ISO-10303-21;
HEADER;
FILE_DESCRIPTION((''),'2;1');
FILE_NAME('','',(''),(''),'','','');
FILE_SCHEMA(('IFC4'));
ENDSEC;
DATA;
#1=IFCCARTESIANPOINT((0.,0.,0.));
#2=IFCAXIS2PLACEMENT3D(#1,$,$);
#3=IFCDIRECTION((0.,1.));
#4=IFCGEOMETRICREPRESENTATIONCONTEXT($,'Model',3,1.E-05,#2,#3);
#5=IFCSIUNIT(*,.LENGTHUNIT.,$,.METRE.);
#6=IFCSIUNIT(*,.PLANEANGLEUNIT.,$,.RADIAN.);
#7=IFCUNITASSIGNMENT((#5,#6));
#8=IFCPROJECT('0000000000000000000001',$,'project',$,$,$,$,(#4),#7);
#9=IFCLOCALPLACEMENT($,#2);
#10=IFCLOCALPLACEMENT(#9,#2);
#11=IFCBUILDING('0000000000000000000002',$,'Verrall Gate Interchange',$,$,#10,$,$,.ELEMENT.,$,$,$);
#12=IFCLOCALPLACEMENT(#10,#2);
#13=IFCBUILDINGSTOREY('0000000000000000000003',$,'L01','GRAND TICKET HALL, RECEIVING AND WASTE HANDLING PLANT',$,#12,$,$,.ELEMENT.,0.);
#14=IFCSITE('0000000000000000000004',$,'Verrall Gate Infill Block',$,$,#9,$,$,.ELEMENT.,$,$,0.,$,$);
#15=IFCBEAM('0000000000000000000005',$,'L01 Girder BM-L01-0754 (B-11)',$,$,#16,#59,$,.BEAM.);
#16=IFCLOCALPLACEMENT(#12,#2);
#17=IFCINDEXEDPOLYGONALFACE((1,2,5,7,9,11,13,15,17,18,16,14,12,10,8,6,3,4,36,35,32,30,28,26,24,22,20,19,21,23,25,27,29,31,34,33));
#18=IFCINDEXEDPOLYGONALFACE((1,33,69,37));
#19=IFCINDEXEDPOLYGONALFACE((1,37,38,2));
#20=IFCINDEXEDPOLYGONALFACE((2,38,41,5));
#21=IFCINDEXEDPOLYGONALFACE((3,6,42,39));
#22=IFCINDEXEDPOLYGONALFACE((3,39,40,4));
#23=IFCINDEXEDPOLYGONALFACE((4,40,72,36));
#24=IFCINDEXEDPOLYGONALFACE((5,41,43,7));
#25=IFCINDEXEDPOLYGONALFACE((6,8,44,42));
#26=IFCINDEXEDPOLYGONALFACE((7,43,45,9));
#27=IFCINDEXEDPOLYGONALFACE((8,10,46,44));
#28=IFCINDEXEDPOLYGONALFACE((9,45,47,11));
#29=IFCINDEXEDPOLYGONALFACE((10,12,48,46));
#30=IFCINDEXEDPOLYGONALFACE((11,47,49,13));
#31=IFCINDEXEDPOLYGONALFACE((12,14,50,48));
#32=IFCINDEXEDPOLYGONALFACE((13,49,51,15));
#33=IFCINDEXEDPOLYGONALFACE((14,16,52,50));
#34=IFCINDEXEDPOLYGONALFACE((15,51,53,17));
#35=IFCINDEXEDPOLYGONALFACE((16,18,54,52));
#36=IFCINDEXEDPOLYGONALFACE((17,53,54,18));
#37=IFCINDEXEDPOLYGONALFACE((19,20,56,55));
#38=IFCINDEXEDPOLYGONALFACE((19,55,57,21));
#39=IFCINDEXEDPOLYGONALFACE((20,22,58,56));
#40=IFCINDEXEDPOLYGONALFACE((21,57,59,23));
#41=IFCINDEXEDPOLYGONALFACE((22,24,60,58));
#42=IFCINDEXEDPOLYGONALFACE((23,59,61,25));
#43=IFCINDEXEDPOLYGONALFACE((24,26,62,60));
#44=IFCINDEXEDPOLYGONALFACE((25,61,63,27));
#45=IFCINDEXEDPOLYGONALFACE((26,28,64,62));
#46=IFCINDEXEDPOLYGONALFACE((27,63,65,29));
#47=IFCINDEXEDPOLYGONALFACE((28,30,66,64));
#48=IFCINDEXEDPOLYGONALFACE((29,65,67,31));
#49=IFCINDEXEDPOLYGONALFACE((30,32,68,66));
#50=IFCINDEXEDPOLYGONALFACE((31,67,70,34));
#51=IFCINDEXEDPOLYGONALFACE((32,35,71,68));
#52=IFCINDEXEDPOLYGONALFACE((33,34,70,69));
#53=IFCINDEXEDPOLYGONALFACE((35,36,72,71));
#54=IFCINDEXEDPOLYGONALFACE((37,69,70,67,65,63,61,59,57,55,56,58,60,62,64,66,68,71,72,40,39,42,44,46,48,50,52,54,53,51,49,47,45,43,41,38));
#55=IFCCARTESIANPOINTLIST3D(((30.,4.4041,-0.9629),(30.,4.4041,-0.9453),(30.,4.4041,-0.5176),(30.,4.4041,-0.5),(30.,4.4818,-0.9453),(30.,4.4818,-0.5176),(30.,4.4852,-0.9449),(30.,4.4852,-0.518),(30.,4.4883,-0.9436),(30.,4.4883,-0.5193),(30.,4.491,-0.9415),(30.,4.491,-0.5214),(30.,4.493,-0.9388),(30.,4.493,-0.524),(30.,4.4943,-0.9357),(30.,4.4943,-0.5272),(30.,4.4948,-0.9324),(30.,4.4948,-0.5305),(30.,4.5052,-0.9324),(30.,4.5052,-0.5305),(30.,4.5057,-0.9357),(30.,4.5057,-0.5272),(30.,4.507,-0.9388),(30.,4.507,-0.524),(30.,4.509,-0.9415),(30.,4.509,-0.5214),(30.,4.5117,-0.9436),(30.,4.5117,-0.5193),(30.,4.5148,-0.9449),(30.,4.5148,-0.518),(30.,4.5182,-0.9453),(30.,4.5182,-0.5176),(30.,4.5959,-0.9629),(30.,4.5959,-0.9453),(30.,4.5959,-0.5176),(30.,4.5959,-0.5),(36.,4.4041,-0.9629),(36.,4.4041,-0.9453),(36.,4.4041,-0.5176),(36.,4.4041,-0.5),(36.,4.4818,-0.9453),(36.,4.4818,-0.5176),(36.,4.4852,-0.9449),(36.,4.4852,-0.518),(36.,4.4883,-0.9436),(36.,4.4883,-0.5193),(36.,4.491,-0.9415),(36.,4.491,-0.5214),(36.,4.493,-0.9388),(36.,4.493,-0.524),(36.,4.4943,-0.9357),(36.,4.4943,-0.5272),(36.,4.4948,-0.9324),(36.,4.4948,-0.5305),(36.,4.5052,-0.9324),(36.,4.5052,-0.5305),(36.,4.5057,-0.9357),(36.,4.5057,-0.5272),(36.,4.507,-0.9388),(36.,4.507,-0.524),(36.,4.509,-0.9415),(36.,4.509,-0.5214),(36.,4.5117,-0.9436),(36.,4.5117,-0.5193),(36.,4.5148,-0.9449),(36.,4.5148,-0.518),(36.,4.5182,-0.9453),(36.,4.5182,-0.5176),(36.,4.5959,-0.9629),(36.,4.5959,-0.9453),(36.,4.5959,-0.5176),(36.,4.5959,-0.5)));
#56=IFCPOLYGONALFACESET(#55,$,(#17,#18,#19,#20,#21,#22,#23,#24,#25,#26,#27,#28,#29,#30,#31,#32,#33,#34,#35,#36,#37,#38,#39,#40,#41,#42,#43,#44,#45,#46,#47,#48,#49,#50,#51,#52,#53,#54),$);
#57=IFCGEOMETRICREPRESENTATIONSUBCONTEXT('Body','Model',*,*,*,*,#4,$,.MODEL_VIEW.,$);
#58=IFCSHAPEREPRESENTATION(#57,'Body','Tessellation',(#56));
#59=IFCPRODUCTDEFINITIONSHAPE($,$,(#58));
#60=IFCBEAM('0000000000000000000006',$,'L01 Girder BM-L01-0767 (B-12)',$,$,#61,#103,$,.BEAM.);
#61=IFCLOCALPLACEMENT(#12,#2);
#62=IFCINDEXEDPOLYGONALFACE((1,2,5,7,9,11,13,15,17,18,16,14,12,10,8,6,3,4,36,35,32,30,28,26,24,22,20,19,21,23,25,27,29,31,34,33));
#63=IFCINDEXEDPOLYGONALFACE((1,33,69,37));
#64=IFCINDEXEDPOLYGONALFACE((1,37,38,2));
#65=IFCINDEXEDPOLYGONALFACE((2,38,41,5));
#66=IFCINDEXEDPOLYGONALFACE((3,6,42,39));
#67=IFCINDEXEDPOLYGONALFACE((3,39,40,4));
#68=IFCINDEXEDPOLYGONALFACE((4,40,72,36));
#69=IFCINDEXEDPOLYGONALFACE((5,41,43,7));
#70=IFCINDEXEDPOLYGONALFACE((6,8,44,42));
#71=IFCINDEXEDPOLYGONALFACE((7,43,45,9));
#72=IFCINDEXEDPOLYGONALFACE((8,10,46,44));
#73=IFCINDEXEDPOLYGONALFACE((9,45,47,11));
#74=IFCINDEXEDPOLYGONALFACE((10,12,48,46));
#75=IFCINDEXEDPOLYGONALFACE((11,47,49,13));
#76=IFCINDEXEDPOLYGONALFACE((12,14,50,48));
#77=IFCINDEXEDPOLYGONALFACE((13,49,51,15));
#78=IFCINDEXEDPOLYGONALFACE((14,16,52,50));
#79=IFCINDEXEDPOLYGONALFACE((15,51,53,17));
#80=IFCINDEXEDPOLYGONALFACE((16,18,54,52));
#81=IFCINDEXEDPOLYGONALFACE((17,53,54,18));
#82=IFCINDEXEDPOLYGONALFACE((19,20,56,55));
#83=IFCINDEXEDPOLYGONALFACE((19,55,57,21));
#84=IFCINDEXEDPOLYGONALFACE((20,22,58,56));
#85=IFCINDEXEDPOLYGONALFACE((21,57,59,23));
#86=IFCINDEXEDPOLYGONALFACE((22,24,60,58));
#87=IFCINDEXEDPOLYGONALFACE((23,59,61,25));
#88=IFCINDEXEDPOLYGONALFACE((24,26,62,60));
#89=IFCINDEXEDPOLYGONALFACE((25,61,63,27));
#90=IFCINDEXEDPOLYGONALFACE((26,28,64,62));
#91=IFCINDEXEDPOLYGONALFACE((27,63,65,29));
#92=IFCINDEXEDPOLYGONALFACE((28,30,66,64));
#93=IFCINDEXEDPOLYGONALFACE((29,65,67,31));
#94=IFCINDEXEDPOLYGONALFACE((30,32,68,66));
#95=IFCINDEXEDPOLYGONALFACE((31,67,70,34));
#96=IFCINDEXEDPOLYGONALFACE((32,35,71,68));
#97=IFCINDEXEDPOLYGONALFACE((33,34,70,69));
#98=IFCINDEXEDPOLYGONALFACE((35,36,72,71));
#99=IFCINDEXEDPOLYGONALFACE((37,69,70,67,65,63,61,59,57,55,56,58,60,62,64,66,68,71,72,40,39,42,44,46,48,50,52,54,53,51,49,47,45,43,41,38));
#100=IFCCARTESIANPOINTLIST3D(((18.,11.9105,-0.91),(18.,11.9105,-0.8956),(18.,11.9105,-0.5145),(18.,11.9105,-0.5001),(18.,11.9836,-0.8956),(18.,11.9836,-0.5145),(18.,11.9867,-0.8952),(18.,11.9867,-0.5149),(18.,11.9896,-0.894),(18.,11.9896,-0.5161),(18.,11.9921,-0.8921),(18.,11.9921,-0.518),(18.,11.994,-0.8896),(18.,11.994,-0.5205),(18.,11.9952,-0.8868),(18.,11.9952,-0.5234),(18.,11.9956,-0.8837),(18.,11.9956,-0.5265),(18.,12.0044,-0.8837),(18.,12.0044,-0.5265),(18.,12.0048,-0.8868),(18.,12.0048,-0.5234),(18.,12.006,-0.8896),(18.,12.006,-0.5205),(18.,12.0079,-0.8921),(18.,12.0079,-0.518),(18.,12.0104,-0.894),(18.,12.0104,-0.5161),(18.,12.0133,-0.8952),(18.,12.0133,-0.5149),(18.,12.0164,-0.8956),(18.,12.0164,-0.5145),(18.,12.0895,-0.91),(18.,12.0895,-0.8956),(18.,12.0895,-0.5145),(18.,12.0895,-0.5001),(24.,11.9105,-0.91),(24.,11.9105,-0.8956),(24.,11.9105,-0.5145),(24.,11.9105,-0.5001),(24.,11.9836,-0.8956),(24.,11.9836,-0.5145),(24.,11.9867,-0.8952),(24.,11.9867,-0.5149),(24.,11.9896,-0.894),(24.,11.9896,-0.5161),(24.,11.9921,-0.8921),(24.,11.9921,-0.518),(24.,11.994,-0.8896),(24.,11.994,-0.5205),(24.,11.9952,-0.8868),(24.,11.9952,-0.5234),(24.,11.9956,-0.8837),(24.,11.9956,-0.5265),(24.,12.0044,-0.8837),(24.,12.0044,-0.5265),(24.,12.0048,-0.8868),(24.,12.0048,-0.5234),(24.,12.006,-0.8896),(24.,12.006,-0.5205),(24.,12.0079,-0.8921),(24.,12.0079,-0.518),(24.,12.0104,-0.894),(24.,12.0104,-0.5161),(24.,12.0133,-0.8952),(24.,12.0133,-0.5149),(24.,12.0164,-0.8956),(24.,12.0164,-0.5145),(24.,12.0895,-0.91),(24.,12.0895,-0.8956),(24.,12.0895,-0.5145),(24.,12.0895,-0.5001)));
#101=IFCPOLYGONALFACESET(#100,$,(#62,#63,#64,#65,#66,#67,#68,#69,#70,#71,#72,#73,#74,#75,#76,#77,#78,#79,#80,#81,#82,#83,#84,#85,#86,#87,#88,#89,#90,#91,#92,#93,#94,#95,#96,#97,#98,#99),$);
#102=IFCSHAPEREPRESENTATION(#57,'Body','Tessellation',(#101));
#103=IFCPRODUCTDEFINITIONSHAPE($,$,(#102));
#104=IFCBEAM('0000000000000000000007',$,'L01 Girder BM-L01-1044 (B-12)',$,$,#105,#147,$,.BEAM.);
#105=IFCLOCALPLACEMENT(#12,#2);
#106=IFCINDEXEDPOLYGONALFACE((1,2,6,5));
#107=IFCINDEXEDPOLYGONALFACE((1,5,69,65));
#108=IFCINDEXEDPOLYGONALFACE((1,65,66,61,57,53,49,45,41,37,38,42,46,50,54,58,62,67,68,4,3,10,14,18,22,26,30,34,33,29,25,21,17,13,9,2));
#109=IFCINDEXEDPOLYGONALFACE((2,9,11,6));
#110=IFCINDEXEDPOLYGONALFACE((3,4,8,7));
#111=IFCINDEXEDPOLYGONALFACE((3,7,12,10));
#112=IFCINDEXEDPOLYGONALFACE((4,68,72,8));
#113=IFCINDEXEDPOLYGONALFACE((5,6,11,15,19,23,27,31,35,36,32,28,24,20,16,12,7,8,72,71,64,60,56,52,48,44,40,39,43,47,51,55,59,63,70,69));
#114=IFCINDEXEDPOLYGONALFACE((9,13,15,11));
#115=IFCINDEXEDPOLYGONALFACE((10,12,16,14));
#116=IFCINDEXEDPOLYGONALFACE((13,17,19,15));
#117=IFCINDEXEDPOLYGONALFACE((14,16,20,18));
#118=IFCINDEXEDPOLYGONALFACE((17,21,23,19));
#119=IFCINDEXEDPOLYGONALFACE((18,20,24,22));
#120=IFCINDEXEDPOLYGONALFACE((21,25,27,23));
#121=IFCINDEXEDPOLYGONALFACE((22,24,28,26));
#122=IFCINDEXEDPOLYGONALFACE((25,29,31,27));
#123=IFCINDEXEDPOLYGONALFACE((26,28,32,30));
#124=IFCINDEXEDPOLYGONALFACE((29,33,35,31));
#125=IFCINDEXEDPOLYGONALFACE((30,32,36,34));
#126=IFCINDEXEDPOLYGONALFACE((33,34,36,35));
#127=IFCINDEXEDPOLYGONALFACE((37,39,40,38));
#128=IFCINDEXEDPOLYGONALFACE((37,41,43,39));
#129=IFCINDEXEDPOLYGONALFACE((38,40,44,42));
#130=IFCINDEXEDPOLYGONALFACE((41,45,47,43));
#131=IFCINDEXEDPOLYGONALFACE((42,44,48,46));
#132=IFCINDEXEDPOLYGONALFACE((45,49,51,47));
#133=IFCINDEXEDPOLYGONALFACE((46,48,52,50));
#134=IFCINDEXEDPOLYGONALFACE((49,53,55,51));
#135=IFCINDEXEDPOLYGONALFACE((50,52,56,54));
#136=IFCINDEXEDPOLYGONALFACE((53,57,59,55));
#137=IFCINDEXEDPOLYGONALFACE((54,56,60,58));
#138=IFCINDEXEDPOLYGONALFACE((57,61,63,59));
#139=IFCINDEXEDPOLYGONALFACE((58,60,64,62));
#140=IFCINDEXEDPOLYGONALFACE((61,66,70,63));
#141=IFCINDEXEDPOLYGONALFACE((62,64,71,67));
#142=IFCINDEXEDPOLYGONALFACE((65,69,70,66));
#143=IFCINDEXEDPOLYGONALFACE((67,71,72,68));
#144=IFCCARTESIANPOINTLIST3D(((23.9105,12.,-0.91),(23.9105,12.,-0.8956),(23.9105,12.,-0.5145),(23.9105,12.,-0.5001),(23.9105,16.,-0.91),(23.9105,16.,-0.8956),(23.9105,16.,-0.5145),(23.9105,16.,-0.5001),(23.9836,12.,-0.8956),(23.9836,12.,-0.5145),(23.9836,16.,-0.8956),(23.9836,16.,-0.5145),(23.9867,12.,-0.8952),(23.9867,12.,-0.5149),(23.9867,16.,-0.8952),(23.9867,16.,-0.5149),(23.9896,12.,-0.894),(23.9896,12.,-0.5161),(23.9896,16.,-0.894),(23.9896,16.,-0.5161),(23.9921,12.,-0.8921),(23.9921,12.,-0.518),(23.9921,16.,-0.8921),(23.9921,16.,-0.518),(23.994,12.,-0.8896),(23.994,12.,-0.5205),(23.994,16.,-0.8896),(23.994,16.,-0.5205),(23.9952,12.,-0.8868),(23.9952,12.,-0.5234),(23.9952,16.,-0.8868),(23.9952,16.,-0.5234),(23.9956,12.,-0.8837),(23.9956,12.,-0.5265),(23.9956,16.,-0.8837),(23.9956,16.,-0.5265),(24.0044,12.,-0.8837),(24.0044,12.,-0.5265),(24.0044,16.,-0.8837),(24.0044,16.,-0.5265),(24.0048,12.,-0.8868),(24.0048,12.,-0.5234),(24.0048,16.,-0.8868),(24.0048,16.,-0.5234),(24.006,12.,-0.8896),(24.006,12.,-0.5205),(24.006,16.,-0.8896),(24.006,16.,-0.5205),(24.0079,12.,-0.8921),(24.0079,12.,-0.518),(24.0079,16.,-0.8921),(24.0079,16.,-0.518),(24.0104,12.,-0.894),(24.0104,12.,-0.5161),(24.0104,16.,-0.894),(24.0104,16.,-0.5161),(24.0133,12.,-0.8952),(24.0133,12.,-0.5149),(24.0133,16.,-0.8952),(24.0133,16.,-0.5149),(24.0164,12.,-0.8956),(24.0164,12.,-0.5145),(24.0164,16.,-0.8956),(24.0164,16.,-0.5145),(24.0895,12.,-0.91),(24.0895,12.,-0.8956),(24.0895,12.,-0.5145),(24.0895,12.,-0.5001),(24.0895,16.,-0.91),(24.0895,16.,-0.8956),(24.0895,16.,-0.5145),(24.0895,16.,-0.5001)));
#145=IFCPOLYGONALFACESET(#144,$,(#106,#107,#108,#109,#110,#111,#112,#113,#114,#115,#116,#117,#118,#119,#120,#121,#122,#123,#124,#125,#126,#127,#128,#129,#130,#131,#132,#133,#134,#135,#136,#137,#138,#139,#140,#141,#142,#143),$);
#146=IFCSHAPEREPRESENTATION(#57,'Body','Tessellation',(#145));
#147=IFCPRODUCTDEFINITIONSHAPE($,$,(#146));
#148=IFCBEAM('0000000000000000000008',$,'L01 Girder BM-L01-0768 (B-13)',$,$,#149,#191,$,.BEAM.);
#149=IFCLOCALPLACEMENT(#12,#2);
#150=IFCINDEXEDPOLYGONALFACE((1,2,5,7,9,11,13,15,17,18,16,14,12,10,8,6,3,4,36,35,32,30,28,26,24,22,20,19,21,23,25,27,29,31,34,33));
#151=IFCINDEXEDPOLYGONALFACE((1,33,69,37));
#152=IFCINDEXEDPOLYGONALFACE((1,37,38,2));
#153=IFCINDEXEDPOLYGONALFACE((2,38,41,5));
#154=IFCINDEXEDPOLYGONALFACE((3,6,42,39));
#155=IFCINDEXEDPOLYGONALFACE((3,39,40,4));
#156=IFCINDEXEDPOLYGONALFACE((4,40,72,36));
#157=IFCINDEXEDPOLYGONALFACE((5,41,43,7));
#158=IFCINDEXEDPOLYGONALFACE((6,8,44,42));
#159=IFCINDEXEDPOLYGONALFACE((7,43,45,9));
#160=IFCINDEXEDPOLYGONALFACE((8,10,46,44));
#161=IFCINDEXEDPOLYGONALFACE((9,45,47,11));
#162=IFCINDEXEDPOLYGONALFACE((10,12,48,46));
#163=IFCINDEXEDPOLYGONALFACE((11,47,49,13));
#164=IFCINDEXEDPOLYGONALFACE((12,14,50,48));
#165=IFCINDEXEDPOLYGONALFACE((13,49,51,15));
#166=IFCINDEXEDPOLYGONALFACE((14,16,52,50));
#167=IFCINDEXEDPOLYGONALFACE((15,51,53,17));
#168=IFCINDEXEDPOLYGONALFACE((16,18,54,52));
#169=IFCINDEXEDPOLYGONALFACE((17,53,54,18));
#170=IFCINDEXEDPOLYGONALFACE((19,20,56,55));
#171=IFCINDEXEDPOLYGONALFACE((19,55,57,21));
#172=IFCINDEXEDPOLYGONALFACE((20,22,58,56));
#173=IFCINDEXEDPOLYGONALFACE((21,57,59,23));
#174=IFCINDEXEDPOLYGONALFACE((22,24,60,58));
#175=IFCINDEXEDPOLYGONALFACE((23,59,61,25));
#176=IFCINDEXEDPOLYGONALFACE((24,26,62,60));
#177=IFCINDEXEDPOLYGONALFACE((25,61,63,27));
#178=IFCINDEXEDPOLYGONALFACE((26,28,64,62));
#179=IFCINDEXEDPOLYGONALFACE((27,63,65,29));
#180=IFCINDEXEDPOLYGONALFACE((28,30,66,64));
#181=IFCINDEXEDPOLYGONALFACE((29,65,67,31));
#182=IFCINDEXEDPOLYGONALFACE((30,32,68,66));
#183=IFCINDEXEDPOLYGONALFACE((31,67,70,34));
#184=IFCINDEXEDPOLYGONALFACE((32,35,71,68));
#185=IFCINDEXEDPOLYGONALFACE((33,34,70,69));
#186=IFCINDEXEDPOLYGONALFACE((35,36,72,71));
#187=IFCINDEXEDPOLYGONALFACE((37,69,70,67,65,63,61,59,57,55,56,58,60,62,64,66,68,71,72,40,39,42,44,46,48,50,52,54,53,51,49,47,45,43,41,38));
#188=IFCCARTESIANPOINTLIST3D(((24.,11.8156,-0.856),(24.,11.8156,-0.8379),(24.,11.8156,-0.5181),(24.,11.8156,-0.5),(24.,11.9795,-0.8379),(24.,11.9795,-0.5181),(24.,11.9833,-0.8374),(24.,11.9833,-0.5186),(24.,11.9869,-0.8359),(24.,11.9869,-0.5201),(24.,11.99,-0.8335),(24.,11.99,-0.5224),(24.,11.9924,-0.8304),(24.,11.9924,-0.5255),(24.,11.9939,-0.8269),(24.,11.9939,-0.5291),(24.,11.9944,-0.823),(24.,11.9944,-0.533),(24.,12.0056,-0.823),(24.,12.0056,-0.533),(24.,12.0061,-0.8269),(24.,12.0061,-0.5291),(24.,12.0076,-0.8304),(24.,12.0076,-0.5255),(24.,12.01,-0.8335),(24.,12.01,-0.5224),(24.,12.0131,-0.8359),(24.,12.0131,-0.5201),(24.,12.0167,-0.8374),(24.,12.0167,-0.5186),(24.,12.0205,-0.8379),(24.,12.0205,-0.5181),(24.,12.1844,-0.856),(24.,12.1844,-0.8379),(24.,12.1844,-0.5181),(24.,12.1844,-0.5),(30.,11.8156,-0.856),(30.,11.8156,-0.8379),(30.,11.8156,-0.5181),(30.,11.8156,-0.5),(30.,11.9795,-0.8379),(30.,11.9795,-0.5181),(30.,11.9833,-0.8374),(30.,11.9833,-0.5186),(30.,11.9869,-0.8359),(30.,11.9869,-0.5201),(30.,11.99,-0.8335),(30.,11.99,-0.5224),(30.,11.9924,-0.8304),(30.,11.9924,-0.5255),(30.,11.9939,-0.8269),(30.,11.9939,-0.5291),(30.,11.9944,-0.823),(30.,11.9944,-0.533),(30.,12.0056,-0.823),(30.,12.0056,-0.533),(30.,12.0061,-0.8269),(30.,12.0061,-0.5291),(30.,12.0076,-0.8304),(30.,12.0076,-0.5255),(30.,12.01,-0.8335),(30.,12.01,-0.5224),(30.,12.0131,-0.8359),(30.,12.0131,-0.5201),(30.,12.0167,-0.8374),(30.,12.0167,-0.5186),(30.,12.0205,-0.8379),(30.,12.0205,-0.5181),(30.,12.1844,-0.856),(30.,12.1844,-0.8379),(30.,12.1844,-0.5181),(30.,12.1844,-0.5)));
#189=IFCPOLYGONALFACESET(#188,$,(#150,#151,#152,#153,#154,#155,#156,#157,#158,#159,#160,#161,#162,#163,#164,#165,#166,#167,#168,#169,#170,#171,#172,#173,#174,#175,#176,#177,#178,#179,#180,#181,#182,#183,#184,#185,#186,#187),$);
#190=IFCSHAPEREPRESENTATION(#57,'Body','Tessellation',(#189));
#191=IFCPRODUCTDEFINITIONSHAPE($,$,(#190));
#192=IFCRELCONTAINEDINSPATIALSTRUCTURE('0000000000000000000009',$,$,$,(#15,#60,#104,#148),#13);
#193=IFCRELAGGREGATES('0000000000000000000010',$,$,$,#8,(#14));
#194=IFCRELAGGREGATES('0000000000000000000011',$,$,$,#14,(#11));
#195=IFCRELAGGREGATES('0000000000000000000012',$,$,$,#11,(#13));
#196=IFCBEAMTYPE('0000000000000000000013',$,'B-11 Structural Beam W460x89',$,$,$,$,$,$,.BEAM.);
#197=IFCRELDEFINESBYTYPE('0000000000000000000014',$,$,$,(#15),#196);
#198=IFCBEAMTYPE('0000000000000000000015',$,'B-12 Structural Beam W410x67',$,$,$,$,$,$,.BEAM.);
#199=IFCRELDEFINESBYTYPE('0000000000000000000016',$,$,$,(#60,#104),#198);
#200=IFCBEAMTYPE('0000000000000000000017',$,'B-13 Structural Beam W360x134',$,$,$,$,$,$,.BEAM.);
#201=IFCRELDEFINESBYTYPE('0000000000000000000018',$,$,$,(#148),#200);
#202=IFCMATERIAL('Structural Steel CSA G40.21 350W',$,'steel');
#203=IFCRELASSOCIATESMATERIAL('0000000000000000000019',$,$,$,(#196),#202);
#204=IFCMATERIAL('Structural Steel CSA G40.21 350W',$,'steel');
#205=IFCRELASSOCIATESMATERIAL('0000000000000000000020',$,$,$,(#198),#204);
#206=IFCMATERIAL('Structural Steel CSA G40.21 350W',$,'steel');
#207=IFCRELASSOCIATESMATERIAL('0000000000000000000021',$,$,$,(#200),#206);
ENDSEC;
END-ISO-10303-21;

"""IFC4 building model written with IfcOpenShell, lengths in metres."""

from ifc_helpers import new_model, si_unit, direction, frame, origin, origin_2d, place, context, subcontext, project, spatial, i_section, extrude, material, material_profile, profile_set, type_object, element, save


model = new_model("IFC4")

# Units and contexts
model_context = context("Model", 3, precision=1e-05, world=origin(), true_north=direction((0.0, 1.0)))
body_context = subcontext(model_context, "Body", "Model", "MODEL_VIEW")
ifc_project = project(units=[si_unit("LENGTHUNIT", "METRE"), si_unit("PLANEANGLEUNIT", "RADIAN")], contexts=[model_context])

# Site, building, storey
site_placement = place(None, origin())
site = spatial("IfcSite", under=ifc_project, at=site_placement, Name="Verrall Gate Infill Block", CompositionType="ELEMENT", RefElevation=0.0)
building_placement = place(site_placement, origin())
building = spatial("IfcBuilding", under=site, at=building_placement, Name="Verrall Gate Interchange", CompositionType="ELEMENT")
storey_placement = place(building_placement, origin())
storey = spatial("IfcBuildingStorey", under=building, at=storey_placement, Name="L01", Description="GRAND TICKET HALL, RECEIVING AND WASTE HANDLING PLANT", CompositionType="ELEMENT", Elevation=0.0)

# Beams
ifc_material_1 = material(Name="Structural Steel CSA G40.21 350W", Category="steel")
ifc_material_profile_1 = material_profile(ifc_material_1, i_section(OverallWidth=0.1919, OverallDepth=0.4629, WebThickness=0.0105, FlangeThickness=0.0176, FilletRadius=0.0129, at=origin_2d()), Name="W460x89")
ifc_profile_set_1 = profile_set([ifc_material_profile_1], Name="Structural Steel CSA G40.21 350W")
beam_type_1 = type_object("IfcBeamType", Name="B-11 Structural Beam W460x89", PredefinedType="BEAM", material=ifc_profile_set_1)
beam_1_placement = place(storey_placement, frame((30.0, 4.5, -0.7314), z_axis=(1.0, 0.0, 0.0), x_axis=(0.0, 1.0, 0.0)))
element("IfcBeam", 1, at=beam_1_placement, inside=storey, type_object=beam_type_1, Name="L01 Girder BM-L01-0754 (B-11)", PredefinedType="BEAM", context=body_context, shape_type="SweptSolid", body=[
    extrude(i_section(OverallWidth=0.1919, OverallDepth=0.4629, WebThickness=0.0105, FlangeThickness=0.0176, FilletRadius=0.0129, at=origin_2d()), origin(), (0.0, 0.0, 1.0), 6.0),
])
ifc_material_2 = material(Name="Structural Steel CSA G40.21 350W", Category="steel")
ifc_material_profile_2 = material_profile(ifc_material_2, i_section(OverallWidth=0.179, OverallDepth=0.4099, WebThickness=0.0088, FlangeThickness=0.0144, FilletRadius=0.012, at=origin_2d()), Name="W410x67")
ifc_profile_set_2 = profile_set([ifc_material_profile_2], Name="Structural Steel CSA G40.21 350W")
beam_type_2 = type_object("IfcBeamType", Name="B-12 Structural Beam W410x67", PredefinedType="BEAM", material=ifc_profile_set_2)
beam_2_placement = place(storey_placement, frame((18.0, 12.0, -0.7051), z_axis=(1.0, 0.0, 0.0), x_axis=(0.0, 1.0, 0.0)))
element("IfcBeam", 2, at=beam_2_placement, inside=storey, type_object=beam_type_2, Name="L01 Girder BM-L01-0767 (B-12)", PredefinedType="BEAM", context=body_context, shape_type="SweptSolid", body=[
    extrude(i_section(OverallWidth=0.179, OverallDepth=0.4099, WebThickness=0.0088, FlangeThickness=0.0144, FilletRadius=0.012, at=origin_2d()), origin(), (0.0, 0.0, 1.0), 6.0),
])
beam_3_placement = place(storey_placement, frame((24.0, 12.0, -0.7051), z_axis=(0.0, 1.0, 0.0), x_axis=(-1.0, 0.0, 0.0)))
element("IfcBeam", 3, at=beam_3_placement, inside=storey, type_object=beam_type_2, Name="L01 Girder BM-L01-1044 (B-12)", PredefinedType="BEAM", context=body_context, shape_type="SweptSolid", body=[
    extrude(i_section(OverallWidth=0.179, OverallDepth=0.4099, WebThickness=0.0088, FlangeThickness=0.0144, FilletRadius=0.012, at=origin_2d()), origin(), (0.0, 0.0, 1.0), 4.0),
])
ifc_material_3 = material(Name="Structural Steel CSA G40.21 350W", Category="steel")
ifc_material_profile_3 = material_profile(ifc_material_3, i_section(OverallWidth=0.3689, OverallDepth=0.356, WebThickness=0.0112, FlangeThickness=0.0181, FilletRadius=0.0149, at=origin_2d()), Name="W360x134")
ifc_profile_set_3 = profile_set([ifc_material_profile_3], Name="Structural Steel CSA G40.21 350W")
beam_type_3 = type_object("IfcBeamType", Name="B-13 Structural Beam W360x134", PredefinedType="BEAM", material=ifc_profile_set_3)
beam_4_placement = place(storey_placement, frame((24.0, 12.0, -0.678), z_axis=(1.0, 0.0, 0.0), x_axis=(0.0, 1.0, 0.0)))
element("IfcBeam", 4, at=beam_4_placement, inside=storey, type_object=beam_type_3, Name="L01 Girder BM-L01-0768 (B-13)", PredefinedType="BEAM", context=body_context, shape_type="SweptSolid", body=[
    extrude(i_section(OverallWidth=0.3689, OverallDepth=0.356, WebThickness=0.0112, FlangeThickness=0.0181, FilletRadius=0.0149, at=origin_2d()), origin(), (0.0, 0.0, 1.0), 6.0),
])

save(model, "model.ifc")
